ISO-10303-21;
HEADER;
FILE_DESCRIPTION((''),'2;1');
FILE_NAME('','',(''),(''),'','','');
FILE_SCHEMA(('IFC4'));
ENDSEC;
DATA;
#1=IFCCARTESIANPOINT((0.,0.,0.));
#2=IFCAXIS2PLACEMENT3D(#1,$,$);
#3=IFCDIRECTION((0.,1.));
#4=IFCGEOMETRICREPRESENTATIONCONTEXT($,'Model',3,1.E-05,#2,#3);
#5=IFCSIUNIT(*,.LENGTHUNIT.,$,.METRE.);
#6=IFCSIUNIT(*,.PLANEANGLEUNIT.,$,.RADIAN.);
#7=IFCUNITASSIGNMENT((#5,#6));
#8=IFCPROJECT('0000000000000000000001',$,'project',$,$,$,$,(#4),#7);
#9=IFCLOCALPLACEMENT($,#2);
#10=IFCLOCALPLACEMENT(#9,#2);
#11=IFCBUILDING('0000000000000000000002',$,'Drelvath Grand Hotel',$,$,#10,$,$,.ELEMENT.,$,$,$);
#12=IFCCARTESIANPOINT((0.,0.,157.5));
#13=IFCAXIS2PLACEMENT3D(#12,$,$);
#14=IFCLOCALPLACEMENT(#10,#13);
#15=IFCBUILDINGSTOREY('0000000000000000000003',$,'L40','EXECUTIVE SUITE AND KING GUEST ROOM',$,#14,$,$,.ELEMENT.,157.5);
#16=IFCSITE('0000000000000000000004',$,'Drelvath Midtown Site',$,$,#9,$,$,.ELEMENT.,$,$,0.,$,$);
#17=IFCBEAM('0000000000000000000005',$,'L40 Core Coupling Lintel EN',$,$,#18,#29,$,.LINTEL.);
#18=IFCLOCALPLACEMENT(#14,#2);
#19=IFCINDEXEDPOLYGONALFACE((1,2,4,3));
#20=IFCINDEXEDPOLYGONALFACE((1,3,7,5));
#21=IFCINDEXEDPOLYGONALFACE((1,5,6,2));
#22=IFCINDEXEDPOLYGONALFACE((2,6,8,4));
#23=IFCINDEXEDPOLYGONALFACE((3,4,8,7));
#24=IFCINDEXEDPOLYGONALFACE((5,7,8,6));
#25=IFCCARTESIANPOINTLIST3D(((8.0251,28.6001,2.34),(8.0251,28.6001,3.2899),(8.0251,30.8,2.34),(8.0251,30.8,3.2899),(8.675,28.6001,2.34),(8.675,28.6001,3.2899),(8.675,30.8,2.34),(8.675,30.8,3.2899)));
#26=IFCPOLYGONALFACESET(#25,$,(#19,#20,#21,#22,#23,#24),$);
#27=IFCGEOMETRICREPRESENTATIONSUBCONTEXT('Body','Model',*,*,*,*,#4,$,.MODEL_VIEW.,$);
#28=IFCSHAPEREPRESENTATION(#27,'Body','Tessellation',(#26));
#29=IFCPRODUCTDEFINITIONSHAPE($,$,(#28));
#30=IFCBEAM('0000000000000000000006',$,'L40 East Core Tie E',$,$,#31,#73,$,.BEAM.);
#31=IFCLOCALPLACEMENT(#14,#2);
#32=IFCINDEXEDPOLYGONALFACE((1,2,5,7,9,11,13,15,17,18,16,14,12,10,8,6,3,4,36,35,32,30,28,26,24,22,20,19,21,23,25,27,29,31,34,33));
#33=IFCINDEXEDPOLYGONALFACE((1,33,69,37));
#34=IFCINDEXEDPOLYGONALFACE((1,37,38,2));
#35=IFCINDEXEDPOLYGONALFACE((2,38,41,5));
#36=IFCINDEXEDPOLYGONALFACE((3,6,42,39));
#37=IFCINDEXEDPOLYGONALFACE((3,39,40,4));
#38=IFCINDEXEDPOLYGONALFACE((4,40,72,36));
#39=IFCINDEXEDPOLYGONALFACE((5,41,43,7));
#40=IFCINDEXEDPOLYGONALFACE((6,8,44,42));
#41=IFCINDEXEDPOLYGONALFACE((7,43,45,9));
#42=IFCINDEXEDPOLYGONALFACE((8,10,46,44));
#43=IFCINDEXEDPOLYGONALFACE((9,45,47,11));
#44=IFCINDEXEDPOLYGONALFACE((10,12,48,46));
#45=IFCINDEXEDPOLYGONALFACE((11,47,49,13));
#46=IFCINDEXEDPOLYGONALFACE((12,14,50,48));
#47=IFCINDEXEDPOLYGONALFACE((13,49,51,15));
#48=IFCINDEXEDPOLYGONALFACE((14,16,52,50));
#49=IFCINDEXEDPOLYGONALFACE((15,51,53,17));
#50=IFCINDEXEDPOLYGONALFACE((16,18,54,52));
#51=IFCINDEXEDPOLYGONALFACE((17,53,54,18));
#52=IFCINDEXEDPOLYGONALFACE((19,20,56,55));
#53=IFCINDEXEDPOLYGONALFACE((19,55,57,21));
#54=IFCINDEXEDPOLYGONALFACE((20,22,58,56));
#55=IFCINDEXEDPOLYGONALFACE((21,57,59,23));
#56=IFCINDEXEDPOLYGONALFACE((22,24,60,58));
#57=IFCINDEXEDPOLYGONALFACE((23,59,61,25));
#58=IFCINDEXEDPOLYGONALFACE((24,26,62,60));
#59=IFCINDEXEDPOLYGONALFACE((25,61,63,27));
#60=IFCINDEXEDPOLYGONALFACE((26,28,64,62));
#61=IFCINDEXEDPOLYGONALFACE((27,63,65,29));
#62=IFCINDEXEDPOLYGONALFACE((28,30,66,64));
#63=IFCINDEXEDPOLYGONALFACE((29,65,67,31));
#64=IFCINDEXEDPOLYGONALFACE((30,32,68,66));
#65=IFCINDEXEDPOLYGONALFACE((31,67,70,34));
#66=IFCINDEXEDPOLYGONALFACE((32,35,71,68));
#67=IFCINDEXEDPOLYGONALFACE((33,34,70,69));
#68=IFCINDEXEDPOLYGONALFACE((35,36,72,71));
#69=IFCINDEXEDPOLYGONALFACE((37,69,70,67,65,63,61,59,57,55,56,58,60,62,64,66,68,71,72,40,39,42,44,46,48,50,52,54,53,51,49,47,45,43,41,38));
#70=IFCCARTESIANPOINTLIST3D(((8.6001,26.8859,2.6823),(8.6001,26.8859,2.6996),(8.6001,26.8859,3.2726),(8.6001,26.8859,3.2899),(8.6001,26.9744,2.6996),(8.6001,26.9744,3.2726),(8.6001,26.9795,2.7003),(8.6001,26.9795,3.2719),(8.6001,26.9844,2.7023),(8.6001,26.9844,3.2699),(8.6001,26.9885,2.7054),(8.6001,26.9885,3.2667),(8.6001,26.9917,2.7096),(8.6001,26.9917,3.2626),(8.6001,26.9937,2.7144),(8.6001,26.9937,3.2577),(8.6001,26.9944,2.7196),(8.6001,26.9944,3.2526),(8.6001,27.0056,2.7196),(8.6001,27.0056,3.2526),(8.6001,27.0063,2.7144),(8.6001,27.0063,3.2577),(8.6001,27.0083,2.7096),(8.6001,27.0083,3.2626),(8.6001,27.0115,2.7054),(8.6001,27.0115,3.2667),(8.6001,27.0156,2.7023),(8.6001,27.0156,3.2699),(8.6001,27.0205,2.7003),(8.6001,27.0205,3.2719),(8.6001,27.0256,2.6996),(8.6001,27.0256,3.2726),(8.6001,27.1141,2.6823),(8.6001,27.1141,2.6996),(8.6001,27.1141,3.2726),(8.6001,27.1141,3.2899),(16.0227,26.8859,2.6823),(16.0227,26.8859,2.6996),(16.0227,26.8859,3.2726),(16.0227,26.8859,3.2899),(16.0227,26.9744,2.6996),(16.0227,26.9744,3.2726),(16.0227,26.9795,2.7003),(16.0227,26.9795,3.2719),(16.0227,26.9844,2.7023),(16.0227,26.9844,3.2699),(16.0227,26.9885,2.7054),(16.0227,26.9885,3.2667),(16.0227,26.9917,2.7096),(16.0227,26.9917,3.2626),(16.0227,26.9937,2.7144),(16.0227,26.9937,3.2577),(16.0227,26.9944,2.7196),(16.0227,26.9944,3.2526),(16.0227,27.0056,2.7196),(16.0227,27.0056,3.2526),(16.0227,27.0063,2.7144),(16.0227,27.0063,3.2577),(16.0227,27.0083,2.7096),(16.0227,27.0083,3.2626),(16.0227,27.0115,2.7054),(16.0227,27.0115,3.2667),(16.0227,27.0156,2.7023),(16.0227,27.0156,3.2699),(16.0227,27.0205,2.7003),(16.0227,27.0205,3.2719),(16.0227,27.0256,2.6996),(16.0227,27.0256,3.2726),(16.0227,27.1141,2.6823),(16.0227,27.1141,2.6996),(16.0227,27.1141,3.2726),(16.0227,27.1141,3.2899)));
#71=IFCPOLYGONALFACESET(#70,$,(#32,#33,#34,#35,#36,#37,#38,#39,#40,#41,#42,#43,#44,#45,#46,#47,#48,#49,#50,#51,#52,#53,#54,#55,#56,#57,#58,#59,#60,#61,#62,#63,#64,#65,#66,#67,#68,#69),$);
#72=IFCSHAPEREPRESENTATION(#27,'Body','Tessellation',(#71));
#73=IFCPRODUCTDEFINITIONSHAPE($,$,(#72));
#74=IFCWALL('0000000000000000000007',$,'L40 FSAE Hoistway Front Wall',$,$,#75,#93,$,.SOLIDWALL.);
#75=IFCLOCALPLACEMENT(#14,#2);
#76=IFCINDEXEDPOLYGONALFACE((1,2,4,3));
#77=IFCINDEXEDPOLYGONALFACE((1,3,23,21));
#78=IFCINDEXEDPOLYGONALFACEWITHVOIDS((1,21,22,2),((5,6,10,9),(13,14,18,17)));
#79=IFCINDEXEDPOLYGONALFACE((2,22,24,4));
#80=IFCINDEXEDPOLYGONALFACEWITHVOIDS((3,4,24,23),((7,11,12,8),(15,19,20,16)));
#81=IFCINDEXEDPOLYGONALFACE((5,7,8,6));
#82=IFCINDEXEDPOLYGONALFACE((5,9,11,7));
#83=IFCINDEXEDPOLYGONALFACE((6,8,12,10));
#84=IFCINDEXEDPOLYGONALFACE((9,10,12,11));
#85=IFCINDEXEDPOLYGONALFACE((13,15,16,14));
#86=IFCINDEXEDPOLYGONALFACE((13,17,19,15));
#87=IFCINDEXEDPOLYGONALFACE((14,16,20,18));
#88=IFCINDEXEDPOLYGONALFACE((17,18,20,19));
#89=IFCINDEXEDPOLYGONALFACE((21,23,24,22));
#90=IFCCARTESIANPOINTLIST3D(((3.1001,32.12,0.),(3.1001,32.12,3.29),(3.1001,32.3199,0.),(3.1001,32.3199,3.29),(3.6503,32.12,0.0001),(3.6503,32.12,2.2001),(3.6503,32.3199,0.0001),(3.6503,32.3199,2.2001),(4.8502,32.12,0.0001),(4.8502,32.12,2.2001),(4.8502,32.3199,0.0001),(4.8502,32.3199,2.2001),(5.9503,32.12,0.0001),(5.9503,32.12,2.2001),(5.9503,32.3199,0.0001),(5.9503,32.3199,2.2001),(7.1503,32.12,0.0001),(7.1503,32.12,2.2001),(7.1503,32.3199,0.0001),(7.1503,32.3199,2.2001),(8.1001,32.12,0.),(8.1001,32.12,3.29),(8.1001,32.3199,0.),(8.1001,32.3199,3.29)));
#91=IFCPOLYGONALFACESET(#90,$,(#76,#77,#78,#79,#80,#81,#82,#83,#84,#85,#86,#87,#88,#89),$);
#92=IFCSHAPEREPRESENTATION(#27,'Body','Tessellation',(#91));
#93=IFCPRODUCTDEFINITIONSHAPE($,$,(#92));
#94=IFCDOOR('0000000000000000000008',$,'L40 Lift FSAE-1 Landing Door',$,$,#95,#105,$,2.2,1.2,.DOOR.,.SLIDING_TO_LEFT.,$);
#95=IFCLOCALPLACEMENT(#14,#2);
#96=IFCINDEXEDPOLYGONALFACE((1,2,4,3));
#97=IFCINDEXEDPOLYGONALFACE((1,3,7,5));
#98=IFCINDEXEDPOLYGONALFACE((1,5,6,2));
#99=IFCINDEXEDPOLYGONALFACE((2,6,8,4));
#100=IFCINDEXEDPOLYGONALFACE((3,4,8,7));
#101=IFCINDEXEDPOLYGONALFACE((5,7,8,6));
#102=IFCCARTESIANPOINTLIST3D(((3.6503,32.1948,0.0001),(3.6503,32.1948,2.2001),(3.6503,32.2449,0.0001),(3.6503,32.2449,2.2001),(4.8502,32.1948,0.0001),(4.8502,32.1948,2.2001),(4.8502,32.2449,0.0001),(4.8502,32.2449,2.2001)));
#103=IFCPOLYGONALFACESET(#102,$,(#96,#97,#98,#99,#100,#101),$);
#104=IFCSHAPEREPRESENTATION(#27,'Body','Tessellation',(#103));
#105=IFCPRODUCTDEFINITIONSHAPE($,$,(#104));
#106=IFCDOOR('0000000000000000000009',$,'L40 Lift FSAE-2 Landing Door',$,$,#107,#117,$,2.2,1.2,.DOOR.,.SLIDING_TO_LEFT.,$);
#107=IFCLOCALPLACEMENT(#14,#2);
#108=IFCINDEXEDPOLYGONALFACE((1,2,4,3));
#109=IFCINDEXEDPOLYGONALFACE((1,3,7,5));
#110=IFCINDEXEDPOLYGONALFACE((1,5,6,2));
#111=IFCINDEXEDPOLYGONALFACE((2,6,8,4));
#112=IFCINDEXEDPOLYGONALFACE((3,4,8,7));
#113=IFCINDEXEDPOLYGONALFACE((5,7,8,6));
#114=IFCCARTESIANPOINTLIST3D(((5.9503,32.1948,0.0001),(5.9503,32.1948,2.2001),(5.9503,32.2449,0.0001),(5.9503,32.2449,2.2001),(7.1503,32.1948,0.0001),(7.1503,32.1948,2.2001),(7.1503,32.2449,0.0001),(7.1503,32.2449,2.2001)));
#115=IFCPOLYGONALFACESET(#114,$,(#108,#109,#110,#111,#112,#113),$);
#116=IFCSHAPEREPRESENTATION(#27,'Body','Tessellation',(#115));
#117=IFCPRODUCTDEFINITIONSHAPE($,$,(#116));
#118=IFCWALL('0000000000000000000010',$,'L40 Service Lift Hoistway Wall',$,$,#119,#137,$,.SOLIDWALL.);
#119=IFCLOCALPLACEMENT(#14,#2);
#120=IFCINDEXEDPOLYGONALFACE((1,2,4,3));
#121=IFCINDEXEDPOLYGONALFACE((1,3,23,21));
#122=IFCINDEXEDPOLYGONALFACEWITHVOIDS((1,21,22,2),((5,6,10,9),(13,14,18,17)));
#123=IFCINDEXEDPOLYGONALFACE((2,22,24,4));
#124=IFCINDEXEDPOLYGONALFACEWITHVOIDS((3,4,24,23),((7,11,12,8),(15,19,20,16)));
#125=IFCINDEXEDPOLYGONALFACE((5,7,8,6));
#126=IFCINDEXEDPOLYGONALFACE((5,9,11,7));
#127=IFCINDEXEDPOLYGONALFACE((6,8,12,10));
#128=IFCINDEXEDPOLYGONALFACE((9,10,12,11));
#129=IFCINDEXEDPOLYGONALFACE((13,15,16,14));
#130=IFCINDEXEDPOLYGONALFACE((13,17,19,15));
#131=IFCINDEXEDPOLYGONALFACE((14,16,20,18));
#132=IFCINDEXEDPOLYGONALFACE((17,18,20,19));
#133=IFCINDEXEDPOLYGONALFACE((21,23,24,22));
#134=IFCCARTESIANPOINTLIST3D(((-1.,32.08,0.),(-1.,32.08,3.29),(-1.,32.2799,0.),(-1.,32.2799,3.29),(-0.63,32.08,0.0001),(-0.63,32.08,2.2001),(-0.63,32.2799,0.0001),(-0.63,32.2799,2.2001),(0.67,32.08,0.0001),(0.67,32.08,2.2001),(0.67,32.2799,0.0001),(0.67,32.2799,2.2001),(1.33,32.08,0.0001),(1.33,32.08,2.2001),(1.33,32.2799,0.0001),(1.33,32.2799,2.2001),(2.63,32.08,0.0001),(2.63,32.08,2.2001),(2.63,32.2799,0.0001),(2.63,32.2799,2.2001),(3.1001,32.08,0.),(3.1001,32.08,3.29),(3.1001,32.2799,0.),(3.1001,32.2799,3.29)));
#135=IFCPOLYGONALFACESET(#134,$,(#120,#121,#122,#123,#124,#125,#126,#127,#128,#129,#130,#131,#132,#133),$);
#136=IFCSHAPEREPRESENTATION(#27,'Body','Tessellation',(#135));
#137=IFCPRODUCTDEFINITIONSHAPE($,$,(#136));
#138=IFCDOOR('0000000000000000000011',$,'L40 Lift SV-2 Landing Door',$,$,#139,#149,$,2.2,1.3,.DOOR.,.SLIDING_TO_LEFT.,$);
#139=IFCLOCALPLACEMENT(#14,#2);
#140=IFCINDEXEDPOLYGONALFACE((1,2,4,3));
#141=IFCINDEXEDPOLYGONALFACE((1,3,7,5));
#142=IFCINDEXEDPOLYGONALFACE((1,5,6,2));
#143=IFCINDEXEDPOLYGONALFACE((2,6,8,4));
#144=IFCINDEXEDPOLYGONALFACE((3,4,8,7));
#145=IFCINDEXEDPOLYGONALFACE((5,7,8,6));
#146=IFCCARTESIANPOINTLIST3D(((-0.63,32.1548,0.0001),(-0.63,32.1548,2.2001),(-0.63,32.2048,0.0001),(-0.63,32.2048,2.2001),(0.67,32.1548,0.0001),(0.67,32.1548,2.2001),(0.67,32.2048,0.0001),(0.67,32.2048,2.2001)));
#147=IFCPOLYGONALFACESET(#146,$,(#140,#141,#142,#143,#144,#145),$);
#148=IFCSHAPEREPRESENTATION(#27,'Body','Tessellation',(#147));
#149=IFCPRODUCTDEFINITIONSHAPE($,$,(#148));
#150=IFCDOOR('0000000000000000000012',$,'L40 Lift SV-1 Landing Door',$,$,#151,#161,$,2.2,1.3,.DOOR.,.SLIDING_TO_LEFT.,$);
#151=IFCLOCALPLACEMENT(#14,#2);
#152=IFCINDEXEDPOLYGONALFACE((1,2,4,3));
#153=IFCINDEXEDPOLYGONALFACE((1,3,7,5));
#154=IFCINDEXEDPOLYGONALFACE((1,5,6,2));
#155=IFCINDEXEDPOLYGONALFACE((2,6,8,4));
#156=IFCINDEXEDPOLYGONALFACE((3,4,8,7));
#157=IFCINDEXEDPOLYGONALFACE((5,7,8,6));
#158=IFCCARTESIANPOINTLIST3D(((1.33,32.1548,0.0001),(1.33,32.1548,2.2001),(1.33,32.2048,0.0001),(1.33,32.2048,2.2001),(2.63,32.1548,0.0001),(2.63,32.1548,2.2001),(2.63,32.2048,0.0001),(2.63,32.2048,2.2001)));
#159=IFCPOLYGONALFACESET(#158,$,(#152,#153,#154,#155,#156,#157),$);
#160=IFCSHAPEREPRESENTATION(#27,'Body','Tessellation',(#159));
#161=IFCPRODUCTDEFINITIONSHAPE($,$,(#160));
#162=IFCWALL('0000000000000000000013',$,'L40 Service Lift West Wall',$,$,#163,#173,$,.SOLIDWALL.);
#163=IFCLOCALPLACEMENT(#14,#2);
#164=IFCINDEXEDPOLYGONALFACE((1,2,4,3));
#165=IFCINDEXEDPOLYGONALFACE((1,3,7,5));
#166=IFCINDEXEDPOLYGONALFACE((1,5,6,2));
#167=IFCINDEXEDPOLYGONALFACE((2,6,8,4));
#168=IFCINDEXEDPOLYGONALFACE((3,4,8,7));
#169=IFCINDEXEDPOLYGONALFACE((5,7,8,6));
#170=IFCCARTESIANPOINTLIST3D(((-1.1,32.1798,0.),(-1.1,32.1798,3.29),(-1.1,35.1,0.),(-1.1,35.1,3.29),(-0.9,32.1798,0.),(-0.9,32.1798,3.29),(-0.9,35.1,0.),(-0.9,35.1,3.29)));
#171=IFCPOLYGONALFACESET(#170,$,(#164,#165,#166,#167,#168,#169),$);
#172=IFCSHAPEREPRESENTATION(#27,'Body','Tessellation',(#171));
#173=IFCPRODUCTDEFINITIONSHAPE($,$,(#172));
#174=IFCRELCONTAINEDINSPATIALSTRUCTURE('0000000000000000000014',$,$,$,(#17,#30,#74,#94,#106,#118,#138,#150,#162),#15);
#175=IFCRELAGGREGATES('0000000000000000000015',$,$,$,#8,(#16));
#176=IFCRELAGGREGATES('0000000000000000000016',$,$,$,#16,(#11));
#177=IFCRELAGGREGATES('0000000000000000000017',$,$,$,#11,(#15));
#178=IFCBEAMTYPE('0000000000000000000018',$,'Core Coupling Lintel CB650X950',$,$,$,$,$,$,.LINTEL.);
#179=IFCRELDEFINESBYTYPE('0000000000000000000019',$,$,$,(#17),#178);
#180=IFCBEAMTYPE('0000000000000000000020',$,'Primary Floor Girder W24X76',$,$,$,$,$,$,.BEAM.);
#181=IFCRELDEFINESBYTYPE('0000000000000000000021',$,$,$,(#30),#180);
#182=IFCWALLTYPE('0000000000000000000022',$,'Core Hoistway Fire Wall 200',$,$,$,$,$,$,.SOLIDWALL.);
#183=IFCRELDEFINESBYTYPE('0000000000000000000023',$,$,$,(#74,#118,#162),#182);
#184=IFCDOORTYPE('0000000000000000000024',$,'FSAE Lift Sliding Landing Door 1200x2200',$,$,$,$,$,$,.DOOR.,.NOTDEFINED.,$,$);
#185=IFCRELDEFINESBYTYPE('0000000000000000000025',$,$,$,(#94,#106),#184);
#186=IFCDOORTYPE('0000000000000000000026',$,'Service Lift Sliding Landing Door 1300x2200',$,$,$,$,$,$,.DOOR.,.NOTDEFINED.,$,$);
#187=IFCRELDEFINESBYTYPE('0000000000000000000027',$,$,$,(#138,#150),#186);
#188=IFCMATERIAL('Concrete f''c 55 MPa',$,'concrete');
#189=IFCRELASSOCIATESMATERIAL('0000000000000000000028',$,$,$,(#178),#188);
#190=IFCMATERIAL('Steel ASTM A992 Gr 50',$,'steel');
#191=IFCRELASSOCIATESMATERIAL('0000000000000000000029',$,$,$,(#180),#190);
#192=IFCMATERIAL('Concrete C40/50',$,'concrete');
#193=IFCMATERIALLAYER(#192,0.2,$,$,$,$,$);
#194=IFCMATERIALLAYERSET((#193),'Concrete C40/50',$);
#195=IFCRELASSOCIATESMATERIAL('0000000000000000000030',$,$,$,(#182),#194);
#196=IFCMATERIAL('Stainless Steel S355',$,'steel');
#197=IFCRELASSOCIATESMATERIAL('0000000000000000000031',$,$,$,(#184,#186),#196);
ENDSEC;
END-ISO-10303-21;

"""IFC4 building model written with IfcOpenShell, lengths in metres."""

from ifc_helpers import new_model, si_unit, direction, frame, frame_2d, origin, origin_2d, place, context, subcontext, project, spatial, rectangle, i_section, extrude, material, layer, layer_set, material_profile, profile_set, type_object, element, fill, save


model = new_model("IFC4")

# Units and contexts
model_context = context("Model", 3, precision=1e-05, world=origin(), true_north=direction((0.0, 1.0)))
body_context = subcontext(model_context, "Body", "Model", "MODEL_VIEW")
ifc_project = project(units=[si_unit("LENGTHUNIT", "METRE"), si_unit("PLANEANGLEUNIT", "RADIAN")], contexts=[model_context])

# Site, building, storey
site_placement = place(None, origin())
site = spatial("IfcSite", under=ifc_project, at=site_placement, Name="Drelvath Midtown Site", CompositionType="ELEMENT", RefElevation=0.0)
building_placement = place(site_placement, origin())
building = spatial("IfcBuilding", under=site, at=building_placement, Name="Drelvath Grand Hotel", CompositionType="ELEMENT")
storey_placement = place(building_placement, frame((0.0, 0.0, 157.5)))
storey = spatial("IfcBuildingStorey", under=building, at=storey_placement, Name="L40", Description="EXECUTIVE SUITE AND KING GUEST ROOM", CompositionType="ELEMENT", Elevation=157.5)

# Beams
ifc_material_1 = material(Name="Concrete f'c 55 MPa", Category="concrete")
ifc_material_profile_1 = material_profile(ifc_material_1, rectangle(XDim=0.6499, YDim=0.95, at=origin_2d()), Name="CB650X950")
ifc_profile_set_1 = profile_set([ifc_material_profile_1], Name="Concrete f'c 55 MPa")
beam_type_1 = type_object("IfcBeamType", Name="Core Coupling Lintel CB650X950", PredefinedType="LINTEL", material=ifc_profile_set_1)
beam_1_placement = place(storey_placement, frame((8.3501, 28.6001, 2.8149), z_axis=(0.0, 1.0, 0.0), x_axis=(-1.0, 0.0, 0.0)))
element("IfcBeam", 1, at=beam_1_placement, inside=storey, type_object=beam_type_1, Name="L40 Core Coupling Lintel EN", PredefinedType="LINTEL", context=body_context, shape_type="SweptSolid", body=[
    extrude(rectangle(XDim=0.6499, YDim=0.95, at=origin_2d()), origin(), (0.0, 0.0, 1.0), 2.2),
])
ifc_material_2 = material(Name="Steel ASTM A992 Gr 50", Category="steel")
ifc_material_profile_2 = material_profile(ifc_material_2, i_section(OverallWidth=0.2283, OverallDepth=0.6077, WebThickness=0.0112, FlangeThickness=0.0173, FilletRadius=0.02, at=origin_2d()), Name="W24X76")
ifc_profile_set_2 = profile_set([ifc_material_profile_2], Name="Steel ASTM A992 Gr 50")
beam_type_2 = type_object("IfcBeamType", Name="Primary Floor Girder W24X76", PredefinedType="BEAM", material=ifc_profile_set_2)
beam_2_placement = place(storey_placement, frame((8.6001, 27.0, 2.9861), z_axis=(1.0, 0.0, 0.0), x_axis=(0.0, 1.0, 0.0)))
element("IfcBeam", 2, at=beam_2_placement, inside=storey, type_object=beam_type_2, Name="L40 East Core Tie E", PredefinedType="BEAM", context=body_context, shape_type="SweptSolid", body=[
    extrude(i_section(OverallWidth=0.2283, OverallDepth=0.6077, WebThickness=0.0112, FlangeThickness=0.0173, FilletRadius=0.02, at=origin_2d()), origin(), (0.0, 0.0, 1.0), 7.4226),
])

# Walls, openings, doors
ifc_material_3 = material(Name="Concrete C40/50", Category="concrete")
ifc_layer_1 = layer(ifc_material_3, 0.2)
ifc_layer_set_1 = layer_set([ifc_layer_1], Name="Concrete C40/50")
wall_type_1 = type_object("IfcWallType", Name="Core Hoistway Fire Wall 200", PredefinedType="SOLIDWALL", material=ifc_layer_set_1)
wall_1_placement = place(storey_placement, frame((3.1001, 32.22, 0.0), z_axis=(0.0, 0.0, 1.0), x_axis=(1.0, 0.0, 0.0)))
wall_1 = element("IfcWall", 3, at=wall_1_placement, inside=storey, type_object=wall_type_1, Name="L40 FSAE Hoistway Front Wall", PredefinedType="SOLIDWALL", context=body_context, shape_type="SweptSolid", body=[
    extrude(rectangle(XDim=5.0, YDim=0.2, at=frame_2d((2.5, 0.0))), origin(), (0.0, 0.0, 1.0), 3.29),
])
opening_1_placement = place(wall_1_placement, frame((0.55, 0.0, 0.0)))
opening_1 = element("IfcOpeningElement", 4, at=opening_1_placement, cuts=wall_1, PredefinedType="OPENING", context=body_context, shape_type="SweptSolid", body=[
    extrude(rectangle(XDim=1.2, YDim=2.2, at=frame_2d((0.6001, 1.1001))), frame((0.0, 0.1099, 0.0), z_axis=(0.0, -1.0, 0.0), x_axis=(1.0, 0.0, 0.0)), (0.0, 0.0, 1.0), 0.22),
])
opening_2_placement = place(wall_1_placement, frame((2.8501, 0.0, 0.0)))
opening_2 = element("IfcOpeningElement", 5, at=opening_2_placement, cuts=wall_1, PredefinedType="OPENING", context=body_context, shape_type="SweptSolid", body=[
    extrude(rectangle(XDim=1.2, YDim=2.2, at=frame_2d((0.6001, 1.1001))), frame((0.0, 0.1099, 0.0), z_axis=(0.0, -1.0, 0.0), x_axis=(1.0, 0.0, 0.0)), (0.0, 0.0, 1.0), 0.22),
])
ifc_material_4 = material(Name="Stainless Steel S355", Category="steel")
door_type_1 = type_object("IfcDoorType", Name="FSAE Lift Sliding Landing Door 1200x2200", OperationType="NOTDEFINED", PredefinedType="DOOR", material=ifc_material_4)
door_1_placement = place(opening_1_placement, origin())
door_1 = element("IfcDoor", 6, at=door_1_placement, inside=storey, type_object=door_type_1, Name="L40 Lift FSAE-1 Landing Door", OperationType="SLIDING_TO_LEFT", OverallHeight=2.2, OverallWidth=1.2, PredefinedType="DOOR", context=body_context, shape_type="SweptSolid", body=[
    extrude(rectangle(XDim=1.2, YDim=2.2, at=frame_2d((0.6001, 1.1001))), frame((0.0, 0.0249, 0.0), z_axis=(0.0, -1.0, 0.0), x_axis=(1.0, 0.0, 0.0)), (0.0, 0.0, 1.0), 0.05),
])
fill(opening_1, door_1)
door_2_placement = place(opening_2_placement, origin())
door_2 = element("IfcDoor", 7, at=door_2_placement, inside=storey, type_object=door_type_1, Name="L40 Lift FSAE-2 Landing Door", OperationType="SLIDING_TO_LEFT", OverallHeight=2.2, OverallWidth=1.2, PredefinedType="DOOR", context=body_context, shape_type="SweptSolid", body=[
    extrude(rectangle(XDim=1.2, YDim=2.2, at=frame_2d((0.6001, 1.1001))), frame((0.0, 0.0249, 0.0), z_axis=(0.0, -1.0, 0.0), x_axis=(1.0, 0.0, 0.0)), (0.0, 0.0, 1.0), 0.05),
])
fill(opening_2, door_2)
wall_2_placement = place(storey_placement, frame((-1.0, 32.1799, 0.0), z_axis=(0.0, 0.0, 1.0), x_axis=(1.0, 0.0, 0.0)))
wall_2 = element("IfcWall", 8, at=wall_2_placement, inside=storey, type_object=wall_type_1, Name="L40 Service Lift Hoistway Wall", PredefinedType="SOLIDWALL", context=body_context, shape_type="SweptSolid", body=[
    extrude(rectangle(XDim=4.1001, YDim=0.2, at=frame_2d((2.05, 0.0))), origin(), (0.0, 0.0, 1.0), 3.29),
])
opening_3_placement = place(wall_2_placement, frame((0.3701, 0.0, 0.0)))
opening_3 = element("IfcOpeningElement", 9, at=opening_3_placement, cuts=wall_2, PredefinedType="OPENING", context=body_context, shape_type="SweptSolid", body=[
    extrude(rectangle(XDim=1.3, YDim=2.2, at=frame_2d((0.6499, 1.1001))), frame((0.0, 0.1099, 0.0), z_axis=(0.0, -1.0, 0.0), x_axis=(1.0, 0.0, 0.0)), (0.0, 0.0, 1.0), 0.22),
])
opening_4_placement = place(wall_2_placement, frame((2.3301, 0.0, 0.0)))
opening_4 = element("IfcOpeningElement", 10, at=opening_4_placement, cuts=wall_2, PredefinedType="OPENING", context=body_context, shape_type="SweptSolid", body=[
    extrude(rectangle(XDim=1.3, YDim=2.2, at=frame_2d((0.6499, 1.1001))), frame((0.0, 0.1099, 0.0), z_axis=(0.0, -1.0, 0.0), x_axis=(1.0, 0.0, 0.0)), (0.0, 0.0, 1.0), 0.22),
])
door_type_2 = type_object("IfcDoorType", Name="Service Lift Sliding Landing Door 1300x2200", OperationType="NOTDEFINED", PredefinedType="DOOR", material=ifc_material_4)
door_3_placement = place(opening_3_placement, origin())
door_3 = element("IfcDoor", 11, at=door_3_placement, inside=storey, type_object=door_type_2, Name="L40 Lift SV-2 Landing Door", OperationType="SLIDING_TO_LEFT", OverallHeight=2.2, OverallWidth=1.3, PredefinedType="DOOR", context=body_context, shape_type="SweptSolid", body=[
    extrude(rectangle(XDim=1.3, YDim=2.2, at=frame_2d((0.6499, 1.1001))), frame((0.0, 0.0249, 0.0), z_axis=(0.0, -1.0, 0.0), x_axis=(1.0, 0.0, 0.0)), (0.0, 0.0, 1.0), 0.05),
])
fill(opening_3, door_3)
door_4_placement = place(opening_4_placement, origin())
door_4 = element("IfcDoor", 12, at=door_4_placement, inside=storey, type_object=door_type_2, Name="L40 Lift SV-1 Landing Door", OperationType="SLIDING_TO_LEFT", OverallHeight=2.2, OverallWidth=1.3, PredefinedType="DOOR", context=body_context, shape_type="SweptSolid", body=[
    extrude(rectangle(XDim=1.3, YDim=2.2, at=frame_2d((0.6499, 1.1001))), frame((0.0, 0.0249, 0.0), z_axis=(0.0, -1.0, 0.0), x_axis=(1.0, 0.0, 0.0)), (0.0, 0.0, 1.0), 0.05),
])
fill(opening_4, door_4)

# Wall
wall_3_placement = place(storey_placement, frame((-1.0, 32.1799, 0.0), z_axis=(0.0, 0.0, 1.0), x_axis=(0.0, 1.0, 0.0)))
element("IfcWall", 13, at=wall_3_placement, inside=storey, type_object=wall_type_1, Name="L40 Service Lift West Wall", PredefinedType="SOLIDWALL", context=body_context, shape_type="SweptSolid", body=[
    extrude(rectangle(XDim=2.9202, YDim=0.2, at=frame_2d((1.46, 0.0))), origin(), (0.0, 0.0, 1.0), 3.29),
])

save(model, "model.ifc")
